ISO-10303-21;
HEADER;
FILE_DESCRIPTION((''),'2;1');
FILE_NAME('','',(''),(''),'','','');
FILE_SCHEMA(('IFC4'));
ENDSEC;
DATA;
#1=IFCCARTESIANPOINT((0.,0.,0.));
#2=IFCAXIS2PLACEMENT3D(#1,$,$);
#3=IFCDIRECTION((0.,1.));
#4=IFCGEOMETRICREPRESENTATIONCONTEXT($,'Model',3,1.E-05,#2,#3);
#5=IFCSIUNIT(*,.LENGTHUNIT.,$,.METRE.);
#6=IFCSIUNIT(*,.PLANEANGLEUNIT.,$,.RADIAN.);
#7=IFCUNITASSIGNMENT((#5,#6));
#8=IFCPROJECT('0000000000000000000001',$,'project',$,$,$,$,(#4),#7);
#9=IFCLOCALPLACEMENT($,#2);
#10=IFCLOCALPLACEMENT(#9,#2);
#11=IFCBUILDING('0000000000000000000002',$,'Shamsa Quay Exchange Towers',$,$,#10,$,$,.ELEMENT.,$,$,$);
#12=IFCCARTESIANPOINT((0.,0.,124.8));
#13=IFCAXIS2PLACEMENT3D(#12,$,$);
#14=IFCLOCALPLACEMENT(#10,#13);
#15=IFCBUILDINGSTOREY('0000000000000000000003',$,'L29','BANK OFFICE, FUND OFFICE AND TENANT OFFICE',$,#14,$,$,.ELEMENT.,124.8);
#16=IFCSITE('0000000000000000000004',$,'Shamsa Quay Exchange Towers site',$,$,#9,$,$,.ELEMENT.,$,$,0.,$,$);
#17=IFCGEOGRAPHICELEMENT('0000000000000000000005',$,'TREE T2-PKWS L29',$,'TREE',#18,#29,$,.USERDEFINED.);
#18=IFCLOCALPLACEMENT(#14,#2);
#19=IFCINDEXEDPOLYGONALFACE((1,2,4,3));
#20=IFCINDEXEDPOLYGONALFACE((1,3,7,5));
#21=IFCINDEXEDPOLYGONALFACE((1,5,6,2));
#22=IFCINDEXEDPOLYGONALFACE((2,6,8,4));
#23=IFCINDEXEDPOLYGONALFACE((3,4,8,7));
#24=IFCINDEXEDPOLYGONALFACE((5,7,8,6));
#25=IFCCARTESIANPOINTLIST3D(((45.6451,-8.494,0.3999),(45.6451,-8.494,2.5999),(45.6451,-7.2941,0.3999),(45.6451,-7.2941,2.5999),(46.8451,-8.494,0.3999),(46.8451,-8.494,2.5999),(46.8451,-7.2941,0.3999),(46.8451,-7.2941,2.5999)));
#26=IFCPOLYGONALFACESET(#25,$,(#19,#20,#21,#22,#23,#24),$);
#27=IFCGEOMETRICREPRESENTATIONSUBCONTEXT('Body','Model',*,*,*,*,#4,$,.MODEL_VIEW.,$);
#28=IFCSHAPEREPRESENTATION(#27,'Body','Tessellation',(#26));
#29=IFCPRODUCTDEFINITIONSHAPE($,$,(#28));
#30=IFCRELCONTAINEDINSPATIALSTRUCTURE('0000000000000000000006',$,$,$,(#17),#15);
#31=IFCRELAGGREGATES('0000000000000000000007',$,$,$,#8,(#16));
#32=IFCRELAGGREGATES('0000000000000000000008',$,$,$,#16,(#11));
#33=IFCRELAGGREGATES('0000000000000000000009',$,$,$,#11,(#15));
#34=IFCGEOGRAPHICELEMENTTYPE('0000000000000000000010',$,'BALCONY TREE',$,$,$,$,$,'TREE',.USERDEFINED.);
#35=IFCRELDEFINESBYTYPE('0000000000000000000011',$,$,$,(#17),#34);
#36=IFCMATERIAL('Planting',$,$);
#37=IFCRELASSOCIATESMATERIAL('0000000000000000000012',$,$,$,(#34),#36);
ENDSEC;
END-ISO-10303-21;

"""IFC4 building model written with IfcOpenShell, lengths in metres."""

from ifc_helpers import new_model, si_unit, direction, frame, origin, origin_2d, place, context, subcontext, project, spatial, rectangle, extrude, material, type_object, element, save


model = new_model("IFC4")

# Units and contexts
model_context = context("Model", 3, precision=1e-05, world=origin(), true_north=direction((0.0, 1.0)))
body_context = subcontext(model_context, "Body", "Model", "MODEL_VIEW")
ifc_project = project(units=[si_unit("LENGTHUNIT", "METRE"), si_unit("PLANEANGLEUNIT", "RADIAN")], contexts=[model_context])

# Site, building, storey
site_placement = place(None, origin())
site = spatial("IfcSite", under=ifc_project, at=site_placement, Name="Shamsa Quay Exchange Towers site", CompositionType="ELEMENT", RefElevation=0.0)
building_placement = place(site_placement, origin())
building = spatial("IfcBuilding", under=site, at=building_placement, Name="Shamsa Quay Exchange Towers", CompositionType="ELEMENT")
storey_placement = place(building_placement, frame((0.0, 0.0, 124.8)))
storey = spatial("IfcBuildingStorey", under=building, at=storey_placement, Name="L29", Description="BANK OFFICE, FUND OFFICE AND TENANT OFFICE", CompositionType="ELEMENT", Elevation=124.8)

# Geographic element
ifc_material_1 = material(Name="Planting")
geographic_element_type = type_object("IfcGeographicElementType", Name="BALCONY TREE", ElementType="TREE", PredefinedType="USERDEFINED", material=ifc_material_1)
geographic_element_placement = place(storey_placement, frame((46.2451, -7.894, 0.3999), z_axis=(0.0, 0.0, 1.0), x_axis=(0.0, 1.0, 0.0)))
element("IfcGeographicElement", 1, at=geographic_element_placement, inside=storey, type_object=geographic_element_type, Name="TREE T2-PKWS L29", ObjectType="TREE", PredefinedType="USERDEFINED", context=body_context, shape_type="SweptSolid", body=[
    extrude(rectangle(XDim=1.2, YDim=1.2, at=origin_2d()), origin(), (0.0, 0.0, 1.0), 2.2),
])

save(model, "model.ifc")
